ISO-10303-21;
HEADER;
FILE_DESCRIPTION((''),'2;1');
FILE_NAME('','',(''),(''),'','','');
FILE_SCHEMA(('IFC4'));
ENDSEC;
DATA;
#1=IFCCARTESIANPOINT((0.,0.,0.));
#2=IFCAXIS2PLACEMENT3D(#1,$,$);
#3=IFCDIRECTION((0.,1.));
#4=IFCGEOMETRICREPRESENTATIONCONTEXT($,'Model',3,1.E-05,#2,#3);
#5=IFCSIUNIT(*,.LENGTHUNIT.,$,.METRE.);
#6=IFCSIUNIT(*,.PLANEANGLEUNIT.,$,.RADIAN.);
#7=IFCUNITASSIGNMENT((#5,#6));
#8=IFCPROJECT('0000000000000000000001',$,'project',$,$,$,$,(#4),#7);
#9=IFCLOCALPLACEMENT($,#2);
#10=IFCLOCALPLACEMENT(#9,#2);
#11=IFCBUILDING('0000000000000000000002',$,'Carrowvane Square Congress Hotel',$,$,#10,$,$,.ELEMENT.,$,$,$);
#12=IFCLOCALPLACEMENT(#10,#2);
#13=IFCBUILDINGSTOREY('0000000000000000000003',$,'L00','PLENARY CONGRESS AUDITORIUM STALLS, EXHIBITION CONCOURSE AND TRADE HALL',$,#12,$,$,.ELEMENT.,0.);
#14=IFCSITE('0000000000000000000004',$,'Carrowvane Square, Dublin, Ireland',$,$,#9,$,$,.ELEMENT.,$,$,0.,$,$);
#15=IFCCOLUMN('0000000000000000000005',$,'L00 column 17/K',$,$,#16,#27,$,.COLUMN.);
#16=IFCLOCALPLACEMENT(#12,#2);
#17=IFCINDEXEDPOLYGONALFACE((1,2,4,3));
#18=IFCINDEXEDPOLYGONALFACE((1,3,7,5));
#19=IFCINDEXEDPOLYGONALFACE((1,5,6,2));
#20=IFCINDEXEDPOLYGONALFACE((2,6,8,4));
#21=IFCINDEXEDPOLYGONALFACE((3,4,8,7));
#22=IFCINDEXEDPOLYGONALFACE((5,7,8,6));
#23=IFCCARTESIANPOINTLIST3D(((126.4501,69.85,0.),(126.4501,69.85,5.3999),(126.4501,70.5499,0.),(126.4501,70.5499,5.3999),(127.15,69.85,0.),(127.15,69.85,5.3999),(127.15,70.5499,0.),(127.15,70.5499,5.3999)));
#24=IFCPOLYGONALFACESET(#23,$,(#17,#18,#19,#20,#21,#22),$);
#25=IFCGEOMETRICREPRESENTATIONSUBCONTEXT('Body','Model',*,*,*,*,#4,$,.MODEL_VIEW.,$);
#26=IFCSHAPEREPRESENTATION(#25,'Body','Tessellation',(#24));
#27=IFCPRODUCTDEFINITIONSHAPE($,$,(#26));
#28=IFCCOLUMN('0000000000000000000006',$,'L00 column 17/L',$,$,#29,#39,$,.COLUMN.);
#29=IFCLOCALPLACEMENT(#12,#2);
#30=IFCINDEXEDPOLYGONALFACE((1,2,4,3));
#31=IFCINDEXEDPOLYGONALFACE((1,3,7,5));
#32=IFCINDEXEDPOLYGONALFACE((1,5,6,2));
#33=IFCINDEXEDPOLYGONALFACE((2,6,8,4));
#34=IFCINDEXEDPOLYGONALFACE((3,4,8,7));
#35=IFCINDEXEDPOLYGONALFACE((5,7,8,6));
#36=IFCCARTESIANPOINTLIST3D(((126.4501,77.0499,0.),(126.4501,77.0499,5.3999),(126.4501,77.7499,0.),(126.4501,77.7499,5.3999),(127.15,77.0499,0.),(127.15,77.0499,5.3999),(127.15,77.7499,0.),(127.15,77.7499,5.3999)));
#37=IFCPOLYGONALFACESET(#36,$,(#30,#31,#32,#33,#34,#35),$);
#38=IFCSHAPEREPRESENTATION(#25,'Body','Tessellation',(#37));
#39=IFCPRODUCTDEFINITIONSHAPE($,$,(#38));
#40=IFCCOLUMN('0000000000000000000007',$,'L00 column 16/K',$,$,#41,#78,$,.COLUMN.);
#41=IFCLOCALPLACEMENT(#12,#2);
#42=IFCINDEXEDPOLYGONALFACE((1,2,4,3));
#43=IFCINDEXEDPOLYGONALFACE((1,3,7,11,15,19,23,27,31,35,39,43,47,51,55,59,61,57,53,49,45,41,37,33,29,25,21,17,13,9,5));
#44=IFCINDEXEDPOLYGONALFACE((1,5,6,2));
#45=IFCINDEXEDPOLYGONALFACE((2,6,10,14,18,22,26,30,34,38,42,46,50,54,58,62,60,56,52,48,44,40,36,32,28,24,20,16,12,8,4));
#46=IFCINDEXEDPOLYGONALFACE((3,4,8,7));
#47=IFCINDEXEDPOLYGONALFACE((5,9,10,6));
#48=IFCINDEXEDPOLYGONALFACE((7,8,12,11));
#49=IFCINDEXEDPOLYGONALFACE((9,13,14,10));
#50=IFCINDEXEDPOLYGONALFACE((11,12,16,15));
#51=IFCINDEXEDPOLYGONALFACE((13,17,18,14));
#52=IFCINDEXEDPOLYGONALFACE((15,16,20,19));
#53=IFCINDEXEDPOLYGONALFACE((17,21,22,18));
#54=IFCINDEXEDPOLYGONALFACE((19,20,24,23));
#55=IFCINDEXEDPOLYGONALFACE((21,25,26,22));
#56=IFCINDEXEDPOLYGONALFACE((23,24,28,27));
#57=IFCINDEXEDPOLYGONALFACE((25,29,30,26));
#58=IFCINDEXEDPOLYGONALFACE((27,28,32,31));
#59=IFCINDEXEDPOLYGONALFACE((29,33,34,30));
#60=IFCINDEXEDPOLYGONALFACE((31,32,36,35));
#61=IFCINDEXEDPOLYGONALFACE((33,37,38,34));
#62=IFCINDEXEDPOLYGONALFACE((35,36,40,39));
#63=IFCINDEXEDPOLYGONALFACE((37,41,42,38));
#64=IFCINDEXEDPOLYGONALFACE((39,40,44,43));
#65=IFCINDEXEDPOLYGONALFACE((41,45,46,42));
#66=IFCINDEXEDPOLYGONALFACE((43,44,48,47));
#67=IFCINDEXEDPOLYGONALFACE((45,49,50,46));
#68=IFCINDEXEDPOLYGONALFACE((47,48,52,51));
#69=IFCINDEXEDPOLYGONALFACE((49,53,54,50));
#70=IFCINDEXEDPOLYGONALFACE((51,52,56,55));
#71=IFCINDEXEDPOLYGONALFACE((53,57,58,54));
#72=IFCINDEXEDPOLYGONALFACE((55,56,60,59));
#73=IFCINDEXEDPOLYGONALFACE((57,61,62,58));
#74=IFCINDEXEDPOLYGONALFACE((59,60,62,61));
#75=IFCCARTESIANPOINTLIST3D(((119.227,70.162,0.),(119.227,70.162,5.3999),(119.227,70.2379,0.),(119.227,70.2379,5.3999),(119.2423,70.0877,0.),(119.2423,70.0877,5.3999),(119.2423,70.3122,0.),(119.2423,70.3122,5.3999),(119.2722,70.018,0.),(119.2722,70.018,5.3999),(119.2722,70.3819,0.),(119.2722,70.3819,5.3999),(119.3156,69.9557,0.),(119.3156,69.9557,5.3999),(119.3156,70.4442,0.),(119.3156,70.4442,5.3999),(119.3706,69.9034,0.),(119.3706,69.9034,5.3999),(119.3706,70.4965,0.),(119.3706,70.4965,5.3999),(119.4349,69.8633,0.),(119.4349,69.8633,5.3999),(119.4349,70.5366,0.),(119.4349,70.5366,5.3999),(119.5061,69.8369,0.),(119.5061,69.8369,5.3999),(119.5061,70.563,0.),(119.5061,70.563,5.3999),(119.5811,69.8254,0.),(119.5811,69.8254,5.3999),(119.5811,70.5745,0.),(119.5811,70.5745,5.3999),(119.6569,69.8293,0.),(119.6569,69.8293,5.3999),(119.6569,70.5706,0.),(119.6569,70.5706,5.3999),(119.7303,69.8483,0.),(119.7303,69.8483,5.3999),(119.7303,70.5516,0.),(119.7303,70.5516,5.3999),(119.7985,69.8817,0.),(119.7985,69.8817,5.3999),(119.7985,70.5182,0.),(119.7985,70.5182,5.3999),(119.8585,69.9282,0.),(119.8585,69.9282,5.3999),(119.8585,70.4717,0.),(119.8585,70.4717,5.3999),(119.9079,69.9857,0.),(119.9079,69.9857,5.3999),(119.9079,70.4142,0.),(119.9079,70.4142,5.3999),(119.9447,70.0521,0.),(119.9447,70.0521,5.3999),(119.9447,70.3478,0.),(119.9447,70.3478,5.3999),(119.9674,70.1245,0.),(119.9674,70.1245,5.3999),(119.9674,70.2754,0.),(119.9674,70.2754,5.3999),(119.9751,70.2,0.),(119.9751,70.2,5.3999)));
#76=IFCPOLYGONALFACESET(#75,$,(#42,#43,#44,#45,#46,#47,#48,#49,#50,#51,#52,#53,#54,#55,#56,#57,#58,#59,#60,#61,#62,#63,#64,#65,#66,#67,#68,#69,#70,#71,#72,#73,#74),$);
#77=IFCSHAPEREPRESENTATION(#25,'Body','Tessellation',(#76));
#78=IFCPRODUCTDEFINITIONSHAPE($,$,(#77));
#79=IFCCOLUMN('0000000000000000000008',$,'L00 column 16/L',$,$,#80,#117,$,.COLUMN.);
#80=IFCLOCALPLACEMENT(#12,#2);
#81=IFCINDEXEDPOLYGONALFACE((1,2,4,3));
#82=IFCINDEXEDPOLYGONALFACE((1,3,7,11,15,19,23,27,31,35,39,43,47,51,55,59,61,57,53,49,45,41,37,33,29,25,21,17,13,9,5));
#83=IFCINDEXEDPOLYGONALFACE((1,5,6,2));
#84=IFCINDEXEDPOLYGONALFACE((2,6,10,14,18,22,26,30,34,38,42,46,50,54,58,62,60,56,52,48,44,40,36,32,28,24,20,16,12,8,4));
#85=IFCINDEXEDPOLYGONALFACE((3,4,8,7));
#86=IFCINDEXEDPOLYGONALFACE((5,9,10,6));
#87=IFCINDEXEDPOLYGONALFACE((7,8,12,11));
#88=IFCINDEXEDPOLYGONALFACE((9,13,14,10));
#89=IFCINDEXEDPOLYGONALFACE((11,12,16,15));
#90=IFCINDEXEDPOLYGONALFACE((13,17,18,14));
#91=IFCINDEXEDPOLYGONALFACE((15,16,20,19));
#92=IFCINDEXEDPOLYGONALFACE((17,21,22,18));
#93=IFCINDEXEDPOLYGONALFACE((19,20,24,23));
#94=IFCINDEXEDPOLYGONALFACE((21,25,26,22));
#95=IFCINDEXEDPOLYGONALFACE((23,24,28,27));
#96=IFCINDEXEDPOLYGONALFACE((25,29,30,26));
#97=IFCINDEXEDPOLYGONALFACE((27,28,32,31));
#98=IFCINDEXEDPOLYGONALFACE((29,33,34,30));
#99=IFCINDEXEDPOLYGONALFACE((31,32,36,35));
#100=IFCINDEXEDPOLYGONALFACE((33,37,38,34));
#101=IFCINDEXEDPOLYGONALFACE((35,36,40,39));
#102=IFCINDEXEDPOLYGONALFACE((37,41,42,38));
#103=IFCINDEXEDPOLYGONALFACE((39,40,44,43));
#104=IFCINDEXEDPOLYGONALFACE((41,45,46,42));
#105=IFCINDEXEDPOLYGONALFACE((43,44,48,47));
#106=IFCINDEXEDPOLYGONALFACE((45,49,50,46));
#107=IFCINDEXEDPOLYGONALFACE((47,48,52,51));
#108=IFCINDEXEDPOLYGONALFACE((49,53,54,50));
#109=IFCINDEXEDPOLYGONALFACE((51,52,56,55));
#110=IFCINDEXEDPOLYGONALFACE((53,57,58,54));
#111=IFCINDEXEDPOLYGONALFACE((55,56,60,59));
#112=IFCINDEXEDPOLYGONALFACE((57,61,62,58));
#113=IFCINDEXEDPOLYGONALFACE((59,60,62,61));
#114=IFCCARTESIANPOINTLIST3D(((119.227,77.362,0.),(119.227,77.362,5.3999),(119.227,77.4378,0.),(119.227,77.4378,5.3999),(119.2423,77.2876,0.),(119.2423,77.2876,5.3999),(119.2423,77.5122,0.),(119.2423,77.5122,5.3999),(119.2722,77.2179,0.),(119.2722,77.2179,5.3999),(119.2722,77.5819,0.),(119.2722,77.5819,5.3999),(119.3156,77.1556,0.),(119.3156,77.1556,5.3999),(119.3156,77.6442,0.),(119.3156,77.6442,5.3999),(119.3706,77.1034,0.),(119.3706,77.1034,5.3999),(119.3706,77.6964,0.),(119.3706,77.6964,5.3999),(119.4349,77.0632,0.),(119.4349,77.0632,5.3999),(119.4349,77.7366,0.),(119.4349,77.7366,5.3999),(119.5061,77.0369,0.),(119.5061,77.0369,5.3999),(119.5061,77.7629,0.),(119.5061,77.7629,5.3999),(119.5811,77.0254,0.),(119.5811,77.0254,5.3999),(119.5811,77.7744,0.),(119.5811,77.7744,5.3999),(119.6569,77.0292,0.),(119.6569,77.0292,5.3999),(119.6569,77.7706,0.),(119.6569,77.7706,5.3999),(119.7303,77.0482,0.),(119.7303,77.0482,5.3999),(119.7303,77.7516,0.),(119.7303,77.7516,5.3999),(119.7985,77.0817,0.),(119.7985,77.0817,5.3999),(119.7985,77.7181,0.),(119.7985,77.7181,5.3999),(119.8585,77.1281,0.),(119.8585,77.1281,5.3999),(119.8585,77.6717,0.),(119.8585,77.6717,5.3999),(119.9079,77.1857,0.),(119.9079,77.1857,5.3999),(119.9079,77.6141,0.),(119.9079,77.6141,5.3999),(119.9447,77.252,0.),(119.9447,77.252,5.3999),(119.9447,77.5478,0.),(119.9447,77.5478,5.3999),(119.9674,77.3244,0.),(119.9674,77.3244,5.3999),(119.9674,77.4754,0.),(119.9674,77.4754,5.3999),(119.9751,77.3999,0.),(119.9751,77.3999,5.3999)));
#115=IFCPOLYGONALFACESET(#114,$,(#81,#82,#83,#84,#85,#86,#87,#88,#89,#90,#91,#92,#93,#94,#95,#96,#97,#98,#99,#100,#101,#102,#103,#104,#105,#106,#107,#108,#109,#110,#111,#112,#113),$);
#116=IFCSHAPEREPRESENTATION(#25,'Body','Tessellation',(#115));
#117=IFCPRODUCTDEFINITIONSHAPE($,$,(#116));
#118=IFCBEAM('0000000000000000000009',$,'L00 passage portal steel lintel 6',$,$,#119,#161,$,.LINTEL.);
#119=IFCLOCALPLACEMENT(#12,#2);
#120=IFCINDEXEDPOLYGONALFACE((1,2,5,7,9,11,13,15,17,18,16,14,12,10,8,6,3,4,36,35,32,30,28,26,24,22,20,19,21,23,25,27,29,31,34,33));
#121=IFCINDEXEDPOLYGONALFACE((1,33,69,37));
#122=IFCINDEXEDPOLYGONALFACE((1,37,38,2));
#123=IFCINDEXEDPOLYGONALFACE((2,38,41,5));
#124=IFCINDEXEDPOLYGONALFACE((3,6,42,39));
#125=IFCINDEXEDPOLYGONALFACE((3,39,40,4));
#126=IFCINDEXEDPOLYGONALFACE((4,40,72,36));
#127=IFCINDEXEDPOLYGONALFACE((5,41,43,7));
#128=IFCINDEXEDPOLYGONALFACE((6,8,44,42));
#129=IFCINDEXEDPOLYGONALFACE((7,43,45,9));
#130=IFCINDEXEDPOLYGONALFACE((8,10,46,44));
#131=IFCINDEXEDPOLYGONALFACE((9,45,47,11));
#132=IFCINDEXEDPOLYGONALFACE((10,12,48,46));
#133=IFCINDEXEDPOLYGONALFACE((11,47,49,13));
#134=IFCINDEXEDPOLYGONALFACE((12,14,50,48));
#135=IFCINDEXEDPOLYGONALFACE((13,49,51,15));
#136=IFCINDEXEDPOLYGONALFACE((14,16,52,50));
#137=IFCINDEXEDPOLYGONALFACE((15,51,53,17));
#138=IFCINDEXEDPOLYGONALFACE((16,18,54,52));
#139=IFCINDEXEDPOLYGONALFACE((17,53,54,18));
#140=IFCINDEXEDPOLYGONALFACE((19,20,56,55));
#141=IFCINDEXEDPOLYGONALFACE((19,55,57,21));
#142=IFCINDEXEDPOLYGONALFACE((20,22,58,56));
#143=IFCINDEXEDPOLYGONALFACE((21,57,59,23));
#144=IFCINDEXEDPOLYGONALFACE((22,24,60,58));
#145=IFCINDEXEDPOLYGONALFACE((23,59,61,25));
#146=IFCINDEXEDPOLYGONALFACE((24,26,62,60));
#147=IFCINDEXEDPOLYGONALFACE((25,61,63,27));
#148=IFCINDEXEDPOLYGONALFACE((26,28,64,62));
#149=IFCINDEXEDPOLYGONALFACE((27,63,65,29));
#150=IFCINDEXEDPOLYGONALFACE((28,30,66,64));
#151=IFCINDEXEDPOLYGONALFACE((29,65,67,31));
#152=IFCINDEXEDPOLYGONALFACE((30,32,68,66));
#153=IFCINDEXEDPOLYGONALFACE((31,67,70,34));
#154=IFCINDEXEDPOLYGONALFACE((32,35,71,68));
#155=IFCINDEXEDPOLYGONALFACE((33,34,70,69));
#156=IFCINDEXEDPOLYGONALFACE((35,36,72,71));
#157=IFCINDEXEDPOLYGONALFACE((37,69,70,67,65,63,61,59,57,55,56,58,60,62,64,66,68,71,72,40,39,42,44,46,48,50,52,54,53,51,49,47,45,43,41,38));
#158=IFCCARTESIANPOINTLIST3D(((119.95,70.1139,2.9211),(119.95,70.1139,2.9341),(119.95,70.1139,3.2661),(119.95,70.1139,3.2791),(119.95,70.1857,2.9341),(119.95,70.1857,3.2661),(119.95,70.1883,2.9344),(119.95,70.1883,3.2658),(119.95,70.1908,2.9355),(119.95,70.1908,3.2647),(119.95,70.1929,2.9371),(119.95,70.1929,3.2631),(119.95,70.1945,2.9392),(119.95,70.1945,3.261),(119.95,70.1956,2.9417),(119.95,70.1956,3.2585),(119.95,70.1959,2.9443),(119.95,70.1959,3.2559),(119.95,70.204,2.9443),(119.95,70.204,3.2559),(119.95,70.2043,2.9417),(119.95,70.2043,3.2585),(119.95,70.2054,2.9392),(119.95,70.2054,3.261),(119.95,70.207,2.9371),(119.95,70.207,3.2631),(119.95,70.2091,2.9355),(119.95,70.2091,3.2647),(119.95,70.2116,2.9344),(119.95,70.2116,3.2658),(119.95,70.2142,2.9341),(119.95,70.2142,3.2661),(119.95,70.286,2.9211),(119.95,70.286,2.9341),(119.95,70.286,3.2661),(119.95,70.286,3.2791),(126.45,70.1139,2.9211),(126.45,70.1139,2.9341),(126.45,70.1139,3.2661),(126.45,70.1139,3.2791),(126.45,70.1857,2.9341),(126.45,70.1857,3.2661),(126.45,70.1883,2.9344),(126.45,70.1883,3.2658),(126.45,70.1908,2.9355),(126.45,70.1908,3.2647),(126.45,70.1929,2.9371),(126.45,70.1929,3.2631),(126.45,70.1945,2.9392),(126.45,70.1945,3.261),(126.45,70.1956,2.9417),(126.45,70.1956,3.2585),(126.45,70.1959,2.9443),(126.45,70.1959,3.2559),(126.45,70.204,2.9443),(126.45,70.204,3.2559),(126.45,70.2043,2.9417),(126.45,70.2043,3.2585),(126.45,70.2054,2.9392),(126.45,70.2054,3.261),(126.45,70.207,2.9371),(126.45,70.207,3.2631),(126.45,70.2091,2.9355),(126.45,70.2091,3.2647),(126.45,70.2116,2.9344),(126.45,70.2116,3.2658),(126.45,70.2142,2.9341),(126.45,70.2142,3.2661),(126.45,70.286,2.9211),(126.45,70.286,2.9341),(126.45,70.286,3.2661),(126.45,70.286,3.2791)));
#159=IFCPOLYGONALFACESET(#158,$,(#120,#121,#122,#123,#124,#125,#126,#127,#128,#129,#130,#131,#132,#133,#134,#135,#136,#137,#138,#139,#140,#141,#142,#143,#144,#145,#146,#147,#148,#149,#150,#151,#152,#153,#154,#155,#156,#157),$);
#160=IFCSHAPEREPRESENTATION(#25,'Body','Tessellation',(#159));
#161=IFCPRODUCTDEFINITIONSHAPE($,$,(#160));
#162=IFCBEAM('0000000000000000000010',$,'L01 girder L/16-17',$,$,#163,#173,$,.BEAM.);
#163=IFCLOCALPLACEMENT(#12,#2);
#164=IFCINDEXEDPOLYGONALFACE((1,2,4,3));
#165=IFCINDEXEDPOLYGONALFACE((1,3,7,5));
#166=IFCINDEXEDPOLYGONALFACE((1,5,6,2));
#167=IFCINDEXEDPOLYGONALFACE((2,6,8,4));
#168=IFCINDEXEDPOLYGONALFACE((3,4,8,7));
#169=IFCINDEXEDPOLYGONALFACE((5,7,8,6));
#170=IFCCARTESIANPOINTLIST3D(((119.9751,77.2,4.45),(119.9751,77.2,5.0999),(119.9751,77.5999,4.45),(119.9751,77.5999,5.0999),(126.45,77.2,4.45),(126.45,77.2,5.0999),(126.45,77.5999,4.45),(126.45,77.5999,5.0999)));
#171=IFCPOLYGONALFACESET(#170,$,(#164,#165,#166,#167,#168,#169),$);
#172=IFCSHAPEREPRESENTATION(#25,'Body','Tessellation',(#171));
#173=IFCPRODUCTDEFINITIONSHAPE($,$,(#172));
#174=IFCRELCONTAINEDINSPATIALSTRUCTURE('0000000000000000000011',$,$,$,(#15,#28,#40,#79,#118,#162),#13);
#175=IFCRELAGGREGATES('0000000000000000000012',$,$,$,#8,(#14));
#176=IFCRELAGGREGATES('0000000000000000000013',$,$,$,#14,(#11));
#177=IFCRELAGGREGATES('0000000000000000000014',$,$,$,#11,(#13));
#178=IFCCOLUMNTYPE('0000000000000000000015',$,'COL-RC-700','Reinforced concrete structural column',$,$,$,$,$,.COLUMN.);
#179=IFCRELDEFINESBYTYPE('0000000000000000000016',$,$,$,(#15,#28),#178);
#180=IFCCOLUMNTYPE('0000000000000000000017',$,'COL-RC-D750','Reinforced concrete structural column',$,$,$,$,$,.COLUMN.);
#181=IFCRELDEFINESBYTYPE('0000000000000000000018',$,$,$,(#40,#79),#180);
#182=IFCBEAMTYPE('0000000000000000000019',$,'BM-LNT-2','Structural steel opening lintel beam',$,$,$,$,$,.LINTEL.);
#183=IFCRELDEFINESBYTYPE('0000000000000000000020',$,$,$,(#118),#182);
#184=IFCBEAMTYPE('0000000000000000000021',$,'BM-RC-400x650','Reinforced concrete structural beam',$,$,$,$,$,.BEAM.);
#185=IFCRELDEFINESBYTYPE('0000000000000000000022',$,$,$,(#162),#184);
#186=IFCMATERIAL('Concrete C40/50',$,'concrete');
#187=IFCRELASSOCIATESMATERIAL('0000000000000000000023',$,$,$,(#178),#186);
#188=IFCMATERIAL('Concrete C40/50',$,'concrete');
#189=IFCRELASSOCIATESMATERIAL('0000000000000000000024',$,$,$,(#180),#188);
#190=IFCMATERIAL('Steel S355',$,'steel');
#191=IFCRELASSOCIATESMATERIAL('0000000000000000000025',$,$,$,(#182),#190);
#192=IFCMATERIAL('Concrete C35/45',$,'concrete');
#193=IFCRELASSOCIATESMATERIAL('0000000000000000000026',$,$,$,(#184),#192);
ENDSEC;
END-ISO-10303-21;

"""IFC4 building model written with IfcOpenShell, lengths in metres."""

from ifc_helpers import new_model, si_unit, direction, frame, origin, origin_2d, place, context, subcontext, project, spatial, rectangle, circle, i_section, extrude, material, material_profile, profile_set, type_object, element, save


model = new_model("IFC4")

# Units and contexts
model_context = context("Model", 3, precision=1e-05, world=origin(), true_north=direction((0.0, 1.0)))
body_context = subcontext(model_context, "Body", "Model", "MODEL_VIEW")
ifc_project = project(units=[si_unit("LENGTHUNIT", "METRE"), si_unit("PLANEANGLEUNIT", "RADIAN")], contexts=[model_context])

# Site, building, storey
site_placement = place(None, origin())
site = spatial("IfcSite", under=ifc_project, at=site_placement, Name="Carrowvane Square, Dublin, Ireland", CompositionType="ELEMENT", RefElevation=0.0)
building_placement = place(site_placement, origin())
building = spatial("IfcBuilding", under=site, at=building_placement, Name="Carrowvane Square Congress Hotel", CompositionType="ELEMENT")
storey_placement = place(building_placement, origin())
storey = spatial("IfcBuildingStorey", under=building, at=storey_placement, Name="L00", Description="PLENARY CONGRESS AUDITORIUM STALLS, EXHIBITION CONCOURSE AND TRADE HALL", CompositionType="ELEMENT", Elevation=0.0)

# Columns
ifc_material_1 = material(Name="Concrete C40/50", Category="concrete")
ifc_material_profile_1 = material_profile(ifc_material_1, rectangle(XDim=0.7, YDim=0.7, at=origin_2d()), Name="RC 700x700")
ifc_profile_set_1 = profile_set([ifc_material_profile_1], Name="Concrete C40/50")
column_type_1 = type_object("IfcColumnType", Name="COL-RC-700", Description="Reinforced concrete structural column", PredefinedType="COLUMN", material=ifc_profile_set_1)
for number, where, z_axis, x_axis, name in (
    (1, (126.8, 70.2, 0.0), (0.0, 0.0, 1.0), (1.0, 0.0, 0.0), "L00 column 17/K"),
    (2, (126.8, 77.3999, 0.0), (0.0, 0.0, 1.0), (1.0, 0.0, 0.0), "L00 column 17/L"),
):
    element("IfcColumn", number, at=place(storey_placement, frame(where, z_axis=z_axis, x_axis=x_axis)), inside=storey, type_object=column_type_1, Name=name, PredefinedType="COLUMN", context=body_context, shape_type="SweptSolid", body=[
        extrude(rectangle(XDim=0.7, YDim=0.7, at=origin_2d()), origin(), (0.0, 0.0, 1.0), 5.3999),
    ])
ifc_material_2 = material(Name="Concrete C40/50", Category="concrete")
ifc_material_profile_2 = material_profile(ifc_material_2, circle(Radius=0.375, at=origin_2d()), Name="RC D750")
ifc_profile_set_2 = profile_set([ifc_material_profile_2], Name="Concrete C40/50")
column_type_2 = type_object("IfcColumnType", Name="COL-RC-D750", Description="Reinforced concrete structural column", PredefinedType="COLUMN", material=ifc_profile_set_2)
for number, where, z_axis, x_axis, name in (
    (3, (119.6001, 70.2, 0.0), (0.0, 0.0, 1.0), (1.0, 0.0, 0.0), "L00 column 16/K"),
    (4, (119.6001, 77.3999, 0.0), (0.0, 0.0, 1.0), (1.0, 0.0, 0.0), "L00 column 16/L"),
):
    element("IfcColumn", number, at=place(storey_placement, frame(where, z_axis=z_axis, x_axis=x_axis)), inside=storey, type_object=column_type_2, Name=name, PredefinedType="COLUMN", context=body_context, shape_type="SweptSolid", body=[
        extrude(circle(Radius=0.375, at=origin_2d()), origin(), (0.0, 0.0, 1.0), 5.3999),
    ])

# Beams
ifc_material_3 = material(Name="Steel S355", Category="steel")
ifc_material_profile_3 = material_profile(ifc_material_3, i_section(OverallWidth=0.1721, OverallDepth=0.3579, WebThickness=0.0081, FlangeThickness=0.0129, FilletRadius=0.0103, at=origin_2d()), Name="UKB 356x171x57")
ifc_profile_set_3 = profile_set([ifc_material_profile_3], Name="Steel S355")
beam_type_1 = type_object("IfcBeamType", Name="BM-LNT-2", Description="Structural steel opening lintel beam", PredefinedType="LINTEL", material=ifc_profile_set_3)
beam_1_placement = place(storey_placement, frame((119.95, 70.2, 3.1001), z_axis=(1.0, 0.0, 0.0), x_axis=(0.0, 1.0, 0.0)))
element("IfcBeam", 5, at=beam_1_placement, inside=storey, type_object=beam_type_1, Name="L00 passage portal steel lintel 6", PredefinedType="LINTEL", context=body_context, shape_type="SweptSolid", body=[
    extrude(i_section(OverallWidth=0.1721, OverallDepth=0.3579, WebThickness=0.0081, FlangeThickness=0.0129, FilletRadius=0.0103, at=origin_2d()), origin(), (0.0, 0.0, 1.0), 6.5),
])
ifc_material_4 = material(Name="Concrete C35/45", Category="concrete")
ifc_material_profile_4 = material_profile(ifc_material_4, rectangle(XDim=0.3999, YDim=0.6499, at=origin_2d()), Name="RC 400x650")
ifc_profile_set_4 = profile_set([ifc_material_profile_4], Name="Concrete C35/45")
beam_type_2 = type_object("IfcBeamType", Name="BM-RC-400x650", Description="Reinforced concrete structural beam", PredefinedType="BEAM", material=ifc_profile_set_4)
beam_2_placement = place(storey_placement, frame((119.9751, 77.3999, 4.7749), z_axis=(1.0, 0.0, 0.0), x_axis=(0.0, 1.0, 0.0)))
element("IfcBeam", 6, at=beam_2_placement, inside=storey, type_object=beam_type_2, Name="L01 girder L/16-17", PredefinedType="BEAM", context=body_context, shape_type="SweptSolid", body=[
    extrude(rectangle(XDim=0.3999, YDim=0.6499, at=origin_2d()), origin(), (0.0, 0.0, 1.0), 6.4749),
])

save(model, "model.ifc")
